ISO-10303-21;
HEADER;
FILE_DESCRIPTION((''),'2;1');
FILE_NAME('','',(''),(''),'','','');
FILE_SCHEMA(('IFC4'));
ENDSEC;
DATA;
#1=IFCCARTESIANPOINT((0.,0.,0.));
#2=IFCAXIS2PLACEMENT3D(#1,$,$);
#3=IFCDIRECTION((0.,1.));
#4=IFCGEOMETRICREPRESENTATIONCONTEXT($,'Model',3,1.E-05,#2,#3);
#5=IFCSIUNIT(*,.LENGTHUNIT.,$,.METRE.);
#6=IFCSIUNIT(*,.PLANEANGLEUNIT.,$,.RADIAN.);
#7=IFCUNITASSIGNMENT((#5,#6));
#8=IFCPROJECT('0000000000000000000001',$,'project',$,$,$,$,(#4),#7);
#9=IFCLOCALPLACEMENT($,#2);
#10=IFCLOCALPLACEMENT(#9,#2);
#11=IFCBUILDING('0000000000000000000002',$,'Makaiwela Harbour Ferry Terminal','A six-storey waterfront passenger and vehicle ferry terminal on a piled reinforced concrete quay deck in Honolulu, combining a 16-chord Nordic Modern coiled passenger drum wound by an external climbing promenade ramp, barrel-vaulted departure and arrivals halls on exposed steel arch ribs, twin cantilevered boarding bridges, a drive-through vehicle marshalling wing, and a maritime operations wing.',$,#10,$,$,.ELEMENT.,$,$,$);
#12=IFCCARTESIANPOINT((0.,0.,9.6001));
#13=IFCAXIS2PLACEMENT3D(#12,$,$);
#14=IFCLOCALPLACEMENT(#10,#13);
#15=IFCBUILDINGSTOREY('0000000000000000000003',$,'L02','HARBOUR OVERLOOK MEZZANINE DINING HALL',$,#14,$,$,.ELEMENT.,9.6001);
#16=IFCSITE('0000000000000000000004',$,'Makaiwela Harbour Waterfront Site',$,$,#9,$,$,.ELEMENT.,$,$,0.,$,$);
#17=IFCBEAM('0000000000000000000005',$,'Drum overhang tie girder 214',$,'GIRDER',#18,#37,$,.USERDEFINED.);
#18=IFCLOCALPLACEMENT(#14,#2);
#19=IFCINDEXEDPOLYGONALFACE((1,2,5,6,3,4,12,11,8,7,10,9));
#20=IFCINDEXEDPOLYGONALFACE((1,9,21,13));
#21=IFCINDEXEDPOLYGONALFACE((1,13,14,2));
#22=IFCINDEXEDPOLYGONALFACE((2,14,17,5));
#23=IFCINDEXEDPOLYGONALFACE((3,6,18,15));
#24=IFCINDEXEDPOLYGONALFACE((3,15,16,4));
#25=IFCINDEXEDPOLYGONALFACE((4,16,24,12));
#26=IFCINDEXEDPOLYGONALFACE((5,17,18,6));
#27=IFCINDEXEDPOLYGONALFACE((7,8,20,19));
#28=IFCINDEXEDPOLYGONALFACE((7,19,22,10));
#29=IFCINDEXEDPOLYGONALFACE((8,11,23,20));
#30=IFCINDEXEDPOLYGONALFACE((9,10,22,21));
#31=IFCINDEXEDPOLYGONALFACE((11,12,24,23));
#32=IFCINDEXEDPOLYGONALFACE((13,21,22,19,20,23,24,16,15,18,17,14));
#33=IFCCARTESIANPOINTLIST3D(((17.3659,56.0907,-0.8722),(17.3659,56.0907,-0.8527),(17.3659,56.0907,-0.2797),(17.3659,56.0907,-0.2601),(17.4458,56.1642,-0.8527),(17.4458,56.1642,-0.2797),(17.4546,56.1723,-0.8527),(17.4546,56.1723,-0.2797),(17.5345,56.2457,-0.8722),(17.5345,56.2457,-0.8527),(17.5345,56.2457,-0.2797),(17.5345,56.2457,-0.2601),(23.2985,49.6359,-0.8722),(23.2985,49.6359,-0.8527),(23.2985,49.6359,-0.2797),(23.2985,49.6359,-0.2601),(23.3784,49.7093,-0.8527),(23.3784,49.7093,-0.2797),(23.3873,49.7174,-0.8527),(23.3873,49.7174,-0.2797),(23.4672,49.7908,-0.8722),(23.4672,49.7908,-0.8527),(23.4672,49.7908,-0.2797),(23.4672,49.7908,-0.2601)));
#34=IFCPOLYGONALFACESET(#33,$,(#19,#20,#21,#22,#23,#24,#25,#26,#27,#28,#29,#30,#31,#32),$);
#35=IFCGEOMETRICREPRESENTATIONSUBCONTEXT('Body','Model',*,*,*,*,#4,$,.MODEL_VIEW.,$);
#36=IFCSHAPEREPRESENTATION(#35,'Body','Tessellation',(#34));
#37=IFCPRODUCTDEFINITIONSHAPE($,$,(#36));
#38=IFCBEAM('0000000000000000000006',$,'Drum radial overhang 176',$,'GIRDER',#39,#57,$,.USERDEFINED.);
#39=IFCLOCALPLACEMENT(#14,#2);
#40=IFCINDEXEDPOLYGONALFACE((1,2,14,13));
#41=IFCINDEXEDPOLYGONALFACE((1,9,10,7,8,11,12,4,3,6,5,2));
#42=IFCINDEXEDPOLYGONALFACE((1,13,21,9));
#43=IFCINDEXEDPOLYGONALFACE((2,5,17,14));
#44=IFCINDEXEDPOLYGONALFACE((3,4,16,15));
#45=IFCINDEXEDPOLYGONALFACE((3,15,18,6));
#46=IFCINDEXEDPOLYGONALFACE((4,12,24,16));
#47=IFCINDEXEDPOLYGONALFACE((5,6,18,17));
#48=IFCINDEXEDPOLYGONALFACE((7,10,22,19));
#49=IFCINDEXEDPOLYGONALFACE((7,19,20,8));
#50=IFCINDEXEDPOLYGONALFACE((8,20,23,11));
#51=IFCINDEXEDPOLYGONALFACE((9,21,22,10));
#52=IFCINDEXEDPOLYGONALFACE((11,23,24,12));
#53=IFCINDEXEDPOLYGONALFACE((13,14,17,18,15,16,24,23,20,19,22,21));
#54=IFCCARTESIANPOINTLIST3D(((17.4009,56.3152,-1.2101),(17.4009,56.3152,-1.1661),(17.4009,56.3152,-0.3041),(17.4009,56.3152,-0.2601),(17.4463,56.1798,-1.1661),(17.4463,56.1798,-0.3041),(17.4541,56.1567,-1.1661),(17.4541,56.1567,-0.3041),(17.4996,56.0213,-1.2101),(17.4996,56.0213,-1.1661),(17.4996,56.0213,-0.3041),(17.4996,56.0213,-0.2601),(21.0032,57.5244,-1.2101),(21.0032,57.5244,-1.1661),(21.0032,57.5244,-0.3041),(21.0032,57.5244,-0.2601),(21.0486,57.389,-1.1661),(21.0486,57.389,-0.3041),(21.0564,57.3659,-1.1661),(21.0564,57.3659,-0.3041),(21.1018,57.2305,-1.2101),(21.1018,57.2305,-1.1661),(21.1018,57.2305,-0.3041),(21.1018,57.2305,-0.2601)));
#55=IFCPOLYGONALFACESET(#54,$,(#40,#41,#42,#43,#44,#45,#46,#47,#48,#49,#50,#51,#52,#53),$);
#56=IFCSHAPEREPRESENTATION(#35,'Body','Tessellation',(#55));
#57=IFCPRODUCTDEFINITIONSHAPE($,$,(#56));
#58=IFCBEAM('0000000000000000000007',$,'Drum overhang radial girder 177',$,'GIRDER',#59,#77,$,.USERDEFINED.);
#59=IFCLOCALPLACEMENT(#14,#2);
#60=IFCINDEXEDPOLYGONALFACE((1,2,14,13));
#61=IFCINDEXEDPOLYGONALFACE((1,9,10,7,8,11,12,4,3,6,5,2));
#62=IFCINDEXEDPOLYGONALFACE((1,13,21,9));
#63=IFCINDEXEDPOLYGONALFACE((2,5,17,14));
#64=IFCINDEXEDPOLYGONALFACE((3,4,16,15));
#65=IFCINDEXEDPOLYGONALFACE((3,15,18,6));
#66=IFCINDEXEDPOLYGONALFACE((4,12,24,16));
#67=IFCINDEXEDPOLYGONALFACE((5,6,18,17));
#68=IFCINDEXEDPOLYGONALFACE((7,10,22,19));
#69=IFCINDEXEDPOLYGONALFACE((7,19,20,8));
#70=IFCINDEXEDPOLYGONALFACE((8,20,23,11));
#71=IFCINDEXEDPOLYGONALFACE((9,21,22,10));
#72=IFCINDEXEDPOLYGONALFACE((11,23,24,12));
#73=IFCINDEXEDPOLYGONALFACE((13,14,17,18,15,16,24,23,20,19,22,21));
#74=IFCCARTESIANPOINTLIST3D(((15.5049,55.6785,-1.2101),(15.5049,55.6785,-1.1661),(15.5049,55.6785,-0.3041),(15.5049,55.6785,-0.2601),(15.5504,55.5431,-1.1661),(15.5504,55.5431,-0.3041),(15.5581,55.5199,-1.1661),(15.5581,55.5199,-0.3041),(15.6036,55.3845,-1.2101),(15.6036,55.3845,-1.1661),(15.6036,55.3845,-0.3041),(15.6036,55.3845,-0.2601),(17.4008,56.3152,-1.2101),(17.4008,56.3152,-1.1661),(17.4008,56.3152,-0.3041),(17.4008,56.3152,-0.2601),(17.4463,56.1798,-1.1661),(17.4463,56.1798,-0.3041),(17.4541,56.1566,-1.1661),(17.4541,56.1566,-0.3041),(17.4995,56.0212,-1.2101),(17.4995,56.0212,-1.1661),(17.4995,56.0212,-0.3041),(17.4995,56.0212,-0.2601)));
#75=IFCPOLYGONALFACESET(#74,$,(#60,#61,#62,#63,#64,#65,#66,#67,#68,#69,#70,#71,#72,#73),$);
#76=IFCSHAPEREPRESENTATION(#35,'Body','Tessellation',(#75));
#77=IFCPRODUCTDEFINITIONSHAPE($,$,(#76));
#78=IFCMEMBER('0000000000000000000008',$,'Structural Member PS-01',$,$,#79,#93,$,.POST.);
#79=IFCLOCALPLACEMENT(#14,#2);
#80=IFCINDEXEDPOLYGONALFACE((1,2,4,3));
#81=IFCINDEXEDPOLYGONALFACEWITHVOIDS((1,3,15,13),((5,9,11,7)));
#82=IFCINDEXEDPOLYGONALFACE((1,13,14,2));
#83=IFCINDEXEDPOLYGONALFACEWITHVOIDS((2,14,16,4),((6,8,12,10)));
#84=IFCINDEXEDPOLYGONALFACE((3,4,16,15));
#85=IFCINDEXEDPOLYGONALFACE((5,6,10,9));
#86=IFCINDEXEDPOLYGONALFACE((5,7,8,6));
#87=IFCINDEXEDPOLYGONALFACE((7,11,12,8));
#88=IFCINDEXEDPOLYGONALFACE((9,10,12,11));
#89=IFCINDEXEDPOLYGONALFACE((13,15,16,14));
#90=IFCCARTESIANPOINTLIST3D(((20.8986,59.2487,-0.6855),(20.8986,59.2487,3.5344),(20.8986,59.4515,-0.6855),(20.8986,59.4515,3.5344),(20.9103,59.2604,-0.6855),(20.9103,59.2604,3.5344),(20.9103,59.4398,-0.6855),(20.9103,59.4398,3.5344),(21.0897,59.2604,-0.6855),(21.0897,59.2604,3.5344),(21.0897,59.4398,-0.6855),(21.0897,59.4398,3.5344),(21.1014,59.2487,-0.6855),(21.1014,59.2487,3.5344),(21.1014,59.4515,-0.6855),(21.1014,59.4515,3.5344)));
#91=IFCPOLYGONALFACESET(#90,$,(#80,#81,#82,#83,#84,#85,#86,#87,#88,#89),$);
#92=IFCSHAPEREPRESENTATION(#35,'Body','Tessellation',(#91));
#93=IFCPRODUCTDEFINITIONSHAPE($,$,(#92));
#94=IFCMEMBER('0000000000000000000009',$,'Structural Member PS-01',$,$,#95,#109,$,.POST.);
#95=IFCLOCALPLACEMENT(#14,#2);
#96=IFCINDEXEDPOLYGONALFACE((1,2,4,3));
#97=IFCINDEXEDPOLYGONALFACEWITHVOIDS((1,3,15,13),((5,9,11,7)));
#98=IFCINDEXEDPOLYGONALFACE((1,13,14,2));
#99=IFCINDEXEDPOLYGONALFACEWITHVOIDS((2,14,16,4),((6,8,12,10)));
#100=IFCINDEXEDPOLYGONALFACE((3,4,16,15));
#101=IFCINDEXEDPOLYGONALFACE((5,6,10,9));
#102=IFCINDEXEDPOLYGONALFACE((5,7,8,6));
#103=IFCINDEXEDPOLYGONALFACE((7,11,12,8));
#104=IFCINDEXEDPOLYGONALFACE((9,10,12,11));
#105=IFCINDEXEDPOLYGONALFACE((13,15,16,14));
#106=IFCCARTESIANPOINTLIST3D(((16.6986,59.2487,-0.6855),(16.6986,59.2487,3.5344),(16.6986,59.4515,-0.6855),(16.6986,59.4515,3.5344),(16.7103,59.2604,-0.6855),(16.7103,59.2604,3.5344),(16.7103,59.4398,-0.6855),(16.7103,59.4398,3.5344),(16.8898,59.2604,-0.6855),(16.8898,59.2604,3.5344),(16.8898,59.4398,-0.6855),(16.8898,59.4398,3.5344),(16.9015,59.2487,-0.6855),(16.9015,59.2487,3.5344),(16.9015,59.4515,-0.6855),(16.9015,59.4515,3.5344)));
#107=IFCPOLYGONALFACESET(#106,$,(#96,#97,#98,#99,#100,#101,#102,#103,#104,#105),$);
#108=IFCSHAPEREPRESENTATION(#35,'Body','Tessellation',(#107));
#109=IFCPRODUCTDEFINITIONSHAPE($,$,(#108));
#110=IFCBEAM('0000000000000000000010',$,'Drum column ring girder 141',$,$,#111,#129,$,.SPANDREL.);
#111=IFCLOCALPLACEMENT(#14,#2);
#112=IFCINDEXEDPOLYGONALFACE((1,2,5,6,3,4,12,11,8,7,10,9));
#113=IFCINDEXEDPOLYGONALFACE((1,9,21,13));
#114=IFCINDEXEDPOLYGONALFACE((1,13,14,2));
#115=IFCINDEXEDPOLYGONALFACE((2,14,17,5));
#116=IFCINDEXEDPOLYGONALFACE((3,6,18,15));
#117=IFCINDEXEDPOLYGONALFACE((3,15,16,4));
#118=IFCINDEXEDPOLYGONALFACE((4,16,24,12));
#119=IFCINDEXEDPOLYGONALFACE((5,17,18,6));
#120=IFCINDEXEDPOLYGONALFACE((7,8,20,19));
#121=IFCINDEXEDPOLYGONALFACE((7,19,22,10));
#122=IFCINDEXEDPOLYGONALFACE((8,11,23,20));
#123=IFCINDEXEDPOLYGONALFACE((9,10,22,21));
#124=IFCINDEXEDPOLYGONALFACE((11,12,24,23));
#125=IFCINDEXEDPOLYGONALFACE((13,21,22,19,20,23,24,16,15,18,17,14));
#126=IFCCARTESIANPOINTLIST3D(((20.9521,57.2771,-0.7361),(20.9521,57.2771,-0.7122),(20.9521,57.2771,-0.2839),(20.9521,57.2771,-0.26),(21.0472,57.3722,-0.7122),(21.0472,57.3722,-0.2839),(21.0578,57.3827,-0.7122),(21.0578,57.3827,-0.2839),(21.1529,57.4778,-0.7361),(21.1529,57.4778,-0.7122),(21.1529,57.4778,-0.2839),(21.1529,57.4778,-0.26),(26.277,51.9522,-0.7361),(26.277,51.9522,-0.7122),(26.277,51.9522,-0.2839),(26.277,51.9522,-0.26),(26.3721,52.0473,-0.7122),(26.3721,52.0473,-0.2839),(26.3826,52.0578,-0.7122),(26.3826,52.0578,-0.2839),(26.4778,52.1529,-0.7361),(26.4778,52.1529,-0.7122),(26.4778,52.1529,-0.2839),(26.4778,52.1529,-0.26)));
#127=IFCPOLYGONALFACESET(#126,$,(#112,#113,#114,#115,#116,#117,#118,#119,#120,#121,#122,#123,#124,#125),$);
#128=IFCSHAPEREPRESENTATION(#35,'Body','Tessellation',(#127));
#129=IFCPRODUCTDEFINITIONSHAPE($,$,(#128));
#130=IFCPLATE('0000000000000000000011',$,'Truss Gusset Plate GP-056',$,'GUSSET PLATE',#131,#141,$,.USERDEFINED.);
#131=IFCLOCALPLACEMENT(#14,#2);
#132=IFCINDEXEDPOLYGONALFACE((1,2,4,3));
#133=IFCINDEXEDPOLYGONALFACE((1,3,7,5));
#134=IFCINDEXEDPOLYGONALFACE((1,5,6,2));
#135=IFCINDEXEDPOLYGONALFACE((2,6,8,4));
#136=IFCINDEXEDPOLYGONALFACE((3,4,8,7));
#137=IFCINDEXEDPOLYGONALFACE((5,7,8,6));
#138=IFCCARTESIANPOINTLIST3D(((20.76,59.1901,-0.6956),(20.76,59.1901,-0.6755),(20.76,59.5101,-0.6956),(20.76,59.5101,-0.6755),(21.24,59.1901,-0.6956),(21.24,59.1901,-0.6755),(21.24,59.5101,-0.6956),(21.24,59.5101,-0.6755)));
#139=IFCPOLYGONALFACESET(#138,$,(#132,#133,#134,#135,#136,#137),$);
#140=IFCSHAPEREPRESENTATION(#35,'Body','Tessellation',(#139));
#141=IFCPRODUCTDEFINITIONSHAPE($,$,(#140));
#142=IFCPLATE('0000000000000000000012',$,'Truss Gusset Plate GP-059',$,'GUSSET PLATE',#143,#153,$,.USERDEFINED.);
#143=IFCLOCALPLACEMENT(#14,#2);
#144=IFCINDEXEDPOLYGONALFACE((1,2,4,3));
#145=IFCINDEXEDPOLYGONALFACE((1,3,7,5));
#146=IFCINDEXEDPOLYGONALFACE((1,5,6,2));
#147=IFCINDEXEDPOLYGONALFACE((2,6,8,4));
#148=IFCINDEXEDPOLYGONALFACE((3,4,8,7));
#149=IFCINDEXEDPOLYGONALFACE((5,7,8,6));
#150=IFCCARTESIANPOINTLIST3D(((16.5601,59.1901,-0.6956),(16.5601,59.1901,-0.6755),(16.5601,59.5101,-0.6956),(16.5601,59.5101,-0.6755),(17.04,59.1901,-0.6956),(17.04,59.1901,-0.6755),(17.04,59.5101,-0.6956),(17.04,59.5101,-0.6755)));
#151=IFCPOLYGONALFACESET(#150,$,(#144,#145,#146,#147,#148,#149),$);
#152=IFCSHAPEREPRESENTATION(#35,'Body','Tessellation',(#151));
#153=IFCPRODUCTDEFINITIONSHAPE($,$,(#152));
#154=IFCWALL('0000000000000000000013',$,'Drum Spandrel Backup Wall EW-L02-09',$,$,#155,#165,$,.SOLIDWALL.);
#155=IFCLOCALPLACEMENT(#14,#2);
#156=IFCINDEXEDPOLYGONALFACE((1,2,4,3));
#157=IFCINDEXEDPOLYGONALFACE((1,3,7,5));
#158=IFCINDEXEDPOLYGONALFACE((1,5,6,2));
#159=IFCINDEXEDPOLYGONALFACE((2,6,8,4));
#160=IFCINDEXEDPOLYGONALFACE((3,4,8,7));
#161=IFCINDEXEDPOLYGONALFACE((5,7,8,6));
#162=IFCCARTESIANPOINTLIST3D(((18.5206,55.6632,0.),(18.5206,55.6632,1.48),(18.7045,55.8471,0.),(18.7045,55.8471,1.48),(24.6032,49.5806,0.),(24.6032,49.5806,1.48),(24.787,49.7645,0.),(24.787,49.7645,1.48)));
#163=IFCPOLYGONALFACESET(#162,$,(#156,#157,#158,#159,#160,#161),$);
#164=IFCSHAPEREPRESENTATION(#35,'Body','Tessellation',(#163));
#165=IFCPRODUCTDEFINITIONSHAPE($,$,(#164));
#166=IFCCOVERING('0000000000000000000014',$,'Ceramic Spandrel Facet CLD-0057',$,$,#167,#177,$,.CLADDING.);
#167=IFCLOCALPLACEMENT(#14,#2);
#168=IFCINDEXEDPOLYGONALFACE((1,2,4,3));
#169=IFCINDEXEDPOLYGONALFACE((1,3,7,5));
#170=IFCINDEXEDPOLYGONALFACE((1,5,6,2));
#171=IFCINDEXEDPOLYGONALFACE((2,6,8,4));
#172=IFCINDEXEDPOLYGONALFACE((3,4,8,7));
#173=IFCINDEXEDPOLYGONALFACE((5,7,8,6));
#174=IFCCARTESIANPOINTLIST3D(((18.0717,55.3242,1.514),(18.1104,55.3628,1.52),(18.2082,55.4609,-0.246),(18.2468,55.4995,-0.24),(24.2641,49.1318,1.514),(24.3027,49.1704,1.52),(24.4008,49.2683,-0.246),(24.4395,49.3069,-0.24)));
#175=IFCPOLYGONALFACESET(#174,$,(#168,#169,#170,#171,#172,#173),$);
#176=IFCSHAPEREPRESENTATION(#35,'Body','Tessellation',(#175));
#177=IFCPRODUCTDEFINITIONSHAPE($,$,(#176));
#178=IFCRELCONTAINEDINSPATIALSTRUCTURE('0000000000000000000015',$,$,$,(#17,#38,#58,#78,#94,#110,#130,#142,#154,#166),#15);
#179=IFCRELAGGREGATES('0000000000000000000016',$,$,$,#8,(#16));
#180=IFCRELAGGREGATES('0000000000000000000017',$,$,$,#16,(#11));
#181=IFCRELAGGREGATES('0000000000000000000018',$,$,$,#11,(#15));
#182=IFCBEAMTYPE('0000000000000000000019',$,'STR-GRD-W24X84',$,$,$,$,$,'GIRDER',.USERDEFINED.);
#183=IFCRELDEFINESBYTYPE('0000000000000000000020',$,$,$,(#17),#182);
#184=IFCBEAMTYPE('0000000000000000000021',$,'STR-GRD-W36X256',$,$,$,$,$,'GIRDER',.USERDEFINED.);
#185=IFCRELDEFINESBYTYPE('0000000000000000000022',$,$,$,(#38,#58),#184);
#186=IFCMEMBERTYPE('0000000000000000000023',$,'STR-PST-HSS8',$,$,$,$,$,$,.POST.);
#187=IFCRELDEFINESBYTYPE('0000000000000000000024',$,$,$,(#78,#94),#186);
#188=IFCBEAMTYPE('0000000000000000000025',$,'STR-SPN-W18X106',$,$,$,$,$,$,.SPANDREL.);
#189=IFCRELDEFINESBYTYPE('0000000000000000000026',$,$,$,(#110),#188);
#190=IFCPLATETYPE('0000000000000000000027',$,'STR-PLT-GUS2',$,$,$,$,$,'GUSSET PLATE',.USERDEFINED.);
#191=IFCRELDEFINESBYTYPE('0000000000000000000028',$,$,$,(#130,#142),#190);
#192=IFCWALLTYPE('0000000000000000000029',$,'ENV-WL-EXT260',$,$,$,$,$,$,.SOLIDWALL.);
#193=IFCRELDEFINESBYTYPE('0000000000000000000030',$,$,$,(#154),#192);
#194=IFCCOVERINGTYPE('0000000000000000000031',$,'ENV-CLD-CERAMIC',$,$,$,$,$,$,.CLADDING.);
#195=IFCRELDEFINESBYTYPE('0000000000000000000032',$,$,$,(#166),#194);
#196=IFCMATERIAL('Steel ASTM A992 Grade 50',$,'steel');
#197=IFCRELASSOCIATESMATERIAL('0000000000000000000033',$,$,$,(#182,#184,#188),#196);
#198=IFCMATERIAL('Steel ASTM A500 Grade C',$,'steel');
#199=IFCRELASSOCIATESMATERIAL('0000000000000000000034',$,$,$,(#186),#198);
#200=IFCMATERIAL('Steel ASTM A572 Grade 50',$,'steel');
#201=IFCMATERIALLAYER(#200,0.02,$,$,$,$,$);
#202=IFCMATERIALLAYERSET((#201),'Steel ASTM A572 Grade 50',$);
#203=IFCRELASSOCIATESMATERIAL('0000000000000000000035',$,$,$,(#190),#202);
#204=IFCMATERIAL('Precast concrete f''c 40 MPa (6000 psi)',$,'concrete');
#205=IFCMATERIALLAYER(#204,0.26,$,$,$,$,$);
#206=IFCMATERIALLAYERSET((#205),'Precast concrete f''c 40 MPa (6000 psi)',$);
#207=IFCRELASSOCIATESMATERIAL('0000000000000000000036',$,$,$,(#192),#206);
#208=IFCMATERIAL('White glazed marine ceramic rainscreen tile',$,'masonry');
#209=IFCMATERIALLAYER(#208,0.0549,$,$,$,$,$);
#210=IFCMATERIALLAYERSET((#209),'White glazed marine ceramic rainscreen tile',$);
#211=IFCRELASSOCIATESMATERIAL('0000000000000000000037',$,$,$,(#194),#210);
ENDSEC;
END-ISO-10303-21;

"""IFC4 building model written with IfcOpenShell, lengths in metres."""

from ifc_helpers import new_model, si_unit, direction, frame, frame_2d, origin, origin_2d, place, context, subcontext, project, spatial, polyline, rectangle, hollow_rectangle, i_section, outline, extrude, material, layer, layer_set, material_profile, profile_set, type_object, element, save


model = new_model("IFC4")

# Units and contexts
model_context = context("Model", 3, precision=1e-05, world=origin(), true_north=direction((0.0, 1.0)))
body_context = subcontext(model_context, "Body", "Model", "MODEL_VIEW")
ifc_project = project(units=[si_unit("LENGTHUNIT", "METRE"), si_unit("PLANEANGLEUNIT", "RADIAN")], contexts=[model_context])

# Site, building, storey
site_placement = place(None, origin())
site = spatial("IfcSite", under=ifc_project, at=site_placement, Name="Makaiwela Harbour Waterfront Site", CompositionType="ELEMENT", RefElevation=0.0)
building_placement = place(site_placement, origin())
building = spatial("IfcBuilding", under=site, at=building_placement, Name="Makaiwela Harbour Ferry Terminal", Description="A six-storey waterfront passenger and vehicle ferry terminal on a piled reinforced concrete quay deck in Honolulu, combining a 16-chord Nordic Modern coiled passenger drum wound by an external climbing promenade ramp, barrel-vaulted departure and arrivals halls on exposed steel arch ribs, twin cantilevered boarding bridges, a drive-through vehicle marshalling wing, and a maritime operations wing.", CompositionType="ELEMENT")
storey_placement = place(building_placement, frame((0.0, 0.0, 9.6001)))
storey = spatial("IfcBuildingStorey", under=building, at=storey_placement, Name="L02", Description="HARBOUR OVERLOOK MEZZANINE DINING HALL", CompositionType="ELEMENT", Elevation=9.6001)

# Shared definitions
ifc_material_1 = material(Name="Steel ASTM A992 Grade 50", Category="steel")

# Shared definitions
ifc_material_2 = material(Name="Steel ASTM A500 Grade C", Category="steel")

# Beams
ifc_material_profile_1 = material_profile(ifc_material_1, i_section(OverallWidth=0.229, OverallDepth=0.6121, WebThickness=0.012, FlangeThickness=0.0195, at=origin_2d()), Name="W24X84")
ifc_profile_set_1 = profile_set([ifc_material_profile_1], Name="Steel ASTM A992 Grade 50")
beam_type_1 = type_object("IfcBeamType", Name="STR-GRD-W24X84", ElementType="GIRDER", PredefinedType="USERDEFINED", material=ifc_profile_set_1)
beam_1_placement = place(storey_placement, frame((17.4502, 56.1682, -0.5662), z_axis=(0.676696, -0.736262, 0.0), x_axis=(0.736262, 0.676696, 0.0)))
element("IfcBeam", 1, at=beam_1_placement, inside=storey, type_object=beam_type_1, Name="Drum overhang tie girder 214", ObjectType="GIRDER", PredefinedType="USERDEFINED", context=body_context, shape_type="SweptSolid", body=[
    extrude(i_section(OverallWidth=0.229, OverallDepth=0.6121, WebThickness=0.012, FlangeThickness=0.0195, at=origin_2d()), origin(), (0.0, 0.0, 1.0), 8.7671),
])
ifc_material_profile_2 = material_profile(ifc_material_1, i_section(OverallWidth=0.3101, OverallDepth=0.95, WebThickness=0.0244, FlangeThickness=0.0439, at=origin_2d()), Name="W36X256")
ifc_profile_set_2 = profile_set([ifc_material_profile_2], Name="Steel ASTM A992 Grade 50")
beam_type_2 = type_object("IfcBeamType", Name="STR-GRD-W36X256", ElementType="GIRDER", PredefinedType="USERDEFINED", material=ifc_profile_set_2)
beam_2_placement = place(storey_placement, frame((21.0525, 57.3774, -0.7351), z_axis=(-0.948013, -0.318232, 0.0), x_axis=(0.318232, -0.948013, 0.0)))
element("IfcBeam", 2, at=beam_2_placement, inside=storey, type_object=beam_type_2, Name="Drum radial overhang 176", ObjectType="GIRDER", PredefinedType="USERDEFINED", context=body_context, shape_type="SweptSolid", body=[
    extrude(i_section(OverallWidth=0.3101, OverallDepth=0.95, WebThickness=0.0244, FlangeThickness=0.0439, at=origin_2d()), origin(), (0.0, 0.0, 1.0), 3.7998),
])
beam_3_placement = place(storey_placement, frame((17.4502, 56.1682, -0.7351), z_axis=(-0.947973, -0.318351, 0.0), x_axis=(0.318351, -0.947973, 0.0)))
element("IfcBeam", 3, at=beam_3_placement, inside=storey, type_object=beam_type_2, Name="Drum overhang radial girder 177", ObjectType="GIRDER", PredefinedType="USERDEFINED", context=body_context, shape_type="SweptSolid", body=[
    extrude(i_section(OverallWidth=0.3101, OverallDepth=0.95, WebThickness=0.0244, FlangeThickness=0.0439, at=origin_2d()), origin(), (0.0, 0.0, 1.0), 2.0),
])

# Members
ifc_material_profile_3 = material_profile(ifc_material_2, hollow_rectangle(XDim=0.2029, YDim=0.2029, WallThickness=0.0117, at=origin_2d()), Name="HSS8X8X1/2")
ifc_profile_set_3 = profile_set([ifc_material_profile_3], Name="Steel ASTM A500 Grade C")
member_type_1 = type_object("IfcMemberType", Name="STR-PST-HSS8", PredefinedType="POST", material=ifc_profile_set_3)
for number, where, z_axis, x_axis, name in (
    (4, (21.0, 59.3501, -0.6855), (0.0, 0.0, 1.0), (1.0, 0.0, 0.0), "Structural Member PS-01"),
    (5, (16.8, 59.3501, -0.6855), (0.0, 0.0, 1.0), (1.0, 0.0, 0.0), "Structural Member PS-01"),
):
    element("IfcMember", number, at=place(storey_placement, frame(where, z_axis=z_axis, x_axis=x_axis)), inside=storey, type_object=member_type_1, Name=name, PredefinedType="POST", context=body_context, shape_type="SweptSolid", body=[
        extrude(hollow_rectangle(XDim=0.2029, YDim=0.2029, WallThickness=0.0117, at=origin_2d()), origin(), (0.0, 0.0, 1.0), 4.22),
    ])

# Beam
ifc_material_profile_4 = material_profile(ifc_material_1, i_section(OverallWidth=0.2839, OverallDepth=0.4761, WebThickness=0.0149, FlangeThickness=0.0239, at=origin_2d()), Name="W18X106")
ifc_profile_set_4 = profile_set([ifc_material_profile_4], Name="Steel ASTM A992 Grade 50")
beam_type_3 = type_object("IfcBeamType", Name="STR-SPN-W18X106", PredefinedType="SPANDREL", material=ifc_profile_set_4)
beam_4_placement = place(storey_placement, frame((21.0525, 57.3774, -0.498), z_axis=(0.707107, -0.707107, 0.0), x_axis=(0.707107, 0.707107, 0.0)))
element("IfcBeam", 6, at=beam_4_placement, inside=storey, type_object=beam_type_3, Name="Drum column ring girder 141", PredefinedType="SPANDREL", context=body_context, shape_type="SweptSolid", body=[
    extrude(i_section(OverallWidth=0.2839, OverallDepth=0.4761, WebThickness=0.0149, FlangeThickness=0.0239, at=origin_2d()), origin(), (0.0, 0.0, 1.0), 7.5305),
])

# Plates
ifc_material_3 = material(Name="Steel ASTM A572 Grade 50", Category="steel")
ifc_layer_1 = layer(ifc_material_3, 0.02)
ifc_layer_set_1 = layer_set([ifc_layer_1], Name="Steel ASTM A572 Grade 50")
plate_type = type_object("IfcPlateType", Name="STR-PLT-GUS2", ElementType="GUSSET PLATE", PredefinedType="USERDEFINED", material=ifc_layer_set_1)
for number, where, z_axis, x_axis, name in (
    (7, (21.0, 59.3501, -0.6956), (0.0, 0.0, 1.0), (1.0, 0.0, 0.0), "Truss Gusset Plate GP-056"),
    (8, (16.8, 59.3501, -0.6956), (0.0, 0.0, 1.0), (1.0, 0.0, 0.0), "Truss Gusset Plate GP-059"),
):
    element("IfcPlate", number, at=place(storey_placement, frame(where, z_axis=z_axis, x_axis=x_axis)), inside=storey, type_object=plate_type, Name=name, ObjectType="GUSSET PLATE", PredefinedType="USERDEFINED", context=body_context, shape_type="SweptSolid", body=[
        extrude(rectangle(XDim=0.48, YDim=0.3201, at=origin_2d()), origin(), (0.0, 0.0, 1.0), 0.02),
    ])

# Wall
ifc_material_4 = material(Name="Precast concrete f'c 40 MPa (6000 psi)", Category="concrete")
ifc_layer_2 = layer(ifc_material_4, 0.26)
ifc_layer_set_2 = layer_set([ifc_layer_2], Name="Precast concrete f'c 40 MPa (6000 psi)")
wall_type = type_object("IfcWallType", Name="ENV-WL-EXT260", PredefinedType="SOLIDWALL", material=ifc_layer_set_2)
wall_placement = place(storey_placement, frame((18.6125, 55.7551, 0.0), z_axis=(0.0, 0.0, 1.0), x_axis=(0.707107, -0.707107, 0.0)))
element("IfcWall", 9, at=wall_placement, inside=storey, type_object=wall_type, Name="Drum Spandrel Backup Wall EW-L02-09", PredefinedType="SOLIDWALL", context=body_context, shape_type="SweptSolid", body=[
    extrude(rectangle(XDim=8.6021, YDim=0.26, at=frame_2d((4.301, 0.0))), origin(), (0.0, 0.0, 1.0), 1.48),
])

# Covering
ifc_material_5 = material(Name="White glazed marine ceramic rainscreen tile", Category="masonry")
ifc_layer_3 = layer(ifc_material_5, 0.0549)
ifc_layer_set_3 = layer_set([ifc_layer_3], Name="White glazed marine ceramic rainscreen tile")
covering_type = type_object("IfcCoveringType", Name="ENV-CLD-CERAMIC", PredefinedType="CLADDING", material=ifc_layer_set_3)
covering_placement = place(storey_placement, frame((18.2468, 55.4995, -0.24), z_axis=(0.702886, 0.702886, 0.109104), x_axis=(0.707107, -0.707107, 0.0)))
element("IfcCovering", 10, at=covering_placement, inside=storey, type_object=covering_type, Name="Ceramic Spandrel Facet CLD-0057", PredefinedType="CLADDING", context=body_context, shape_type="SweptSolid", body=[
    extrude(outline(polyline([(0.0, 0.0), (8.7577, 0.0), (8.7575, -1.7706), (0.0002, -1.7706), (0.0, 0.0)])), origin(), (0.0, 0.0, -1.0), 0.0549),
])

save(model, "model.ifc")
